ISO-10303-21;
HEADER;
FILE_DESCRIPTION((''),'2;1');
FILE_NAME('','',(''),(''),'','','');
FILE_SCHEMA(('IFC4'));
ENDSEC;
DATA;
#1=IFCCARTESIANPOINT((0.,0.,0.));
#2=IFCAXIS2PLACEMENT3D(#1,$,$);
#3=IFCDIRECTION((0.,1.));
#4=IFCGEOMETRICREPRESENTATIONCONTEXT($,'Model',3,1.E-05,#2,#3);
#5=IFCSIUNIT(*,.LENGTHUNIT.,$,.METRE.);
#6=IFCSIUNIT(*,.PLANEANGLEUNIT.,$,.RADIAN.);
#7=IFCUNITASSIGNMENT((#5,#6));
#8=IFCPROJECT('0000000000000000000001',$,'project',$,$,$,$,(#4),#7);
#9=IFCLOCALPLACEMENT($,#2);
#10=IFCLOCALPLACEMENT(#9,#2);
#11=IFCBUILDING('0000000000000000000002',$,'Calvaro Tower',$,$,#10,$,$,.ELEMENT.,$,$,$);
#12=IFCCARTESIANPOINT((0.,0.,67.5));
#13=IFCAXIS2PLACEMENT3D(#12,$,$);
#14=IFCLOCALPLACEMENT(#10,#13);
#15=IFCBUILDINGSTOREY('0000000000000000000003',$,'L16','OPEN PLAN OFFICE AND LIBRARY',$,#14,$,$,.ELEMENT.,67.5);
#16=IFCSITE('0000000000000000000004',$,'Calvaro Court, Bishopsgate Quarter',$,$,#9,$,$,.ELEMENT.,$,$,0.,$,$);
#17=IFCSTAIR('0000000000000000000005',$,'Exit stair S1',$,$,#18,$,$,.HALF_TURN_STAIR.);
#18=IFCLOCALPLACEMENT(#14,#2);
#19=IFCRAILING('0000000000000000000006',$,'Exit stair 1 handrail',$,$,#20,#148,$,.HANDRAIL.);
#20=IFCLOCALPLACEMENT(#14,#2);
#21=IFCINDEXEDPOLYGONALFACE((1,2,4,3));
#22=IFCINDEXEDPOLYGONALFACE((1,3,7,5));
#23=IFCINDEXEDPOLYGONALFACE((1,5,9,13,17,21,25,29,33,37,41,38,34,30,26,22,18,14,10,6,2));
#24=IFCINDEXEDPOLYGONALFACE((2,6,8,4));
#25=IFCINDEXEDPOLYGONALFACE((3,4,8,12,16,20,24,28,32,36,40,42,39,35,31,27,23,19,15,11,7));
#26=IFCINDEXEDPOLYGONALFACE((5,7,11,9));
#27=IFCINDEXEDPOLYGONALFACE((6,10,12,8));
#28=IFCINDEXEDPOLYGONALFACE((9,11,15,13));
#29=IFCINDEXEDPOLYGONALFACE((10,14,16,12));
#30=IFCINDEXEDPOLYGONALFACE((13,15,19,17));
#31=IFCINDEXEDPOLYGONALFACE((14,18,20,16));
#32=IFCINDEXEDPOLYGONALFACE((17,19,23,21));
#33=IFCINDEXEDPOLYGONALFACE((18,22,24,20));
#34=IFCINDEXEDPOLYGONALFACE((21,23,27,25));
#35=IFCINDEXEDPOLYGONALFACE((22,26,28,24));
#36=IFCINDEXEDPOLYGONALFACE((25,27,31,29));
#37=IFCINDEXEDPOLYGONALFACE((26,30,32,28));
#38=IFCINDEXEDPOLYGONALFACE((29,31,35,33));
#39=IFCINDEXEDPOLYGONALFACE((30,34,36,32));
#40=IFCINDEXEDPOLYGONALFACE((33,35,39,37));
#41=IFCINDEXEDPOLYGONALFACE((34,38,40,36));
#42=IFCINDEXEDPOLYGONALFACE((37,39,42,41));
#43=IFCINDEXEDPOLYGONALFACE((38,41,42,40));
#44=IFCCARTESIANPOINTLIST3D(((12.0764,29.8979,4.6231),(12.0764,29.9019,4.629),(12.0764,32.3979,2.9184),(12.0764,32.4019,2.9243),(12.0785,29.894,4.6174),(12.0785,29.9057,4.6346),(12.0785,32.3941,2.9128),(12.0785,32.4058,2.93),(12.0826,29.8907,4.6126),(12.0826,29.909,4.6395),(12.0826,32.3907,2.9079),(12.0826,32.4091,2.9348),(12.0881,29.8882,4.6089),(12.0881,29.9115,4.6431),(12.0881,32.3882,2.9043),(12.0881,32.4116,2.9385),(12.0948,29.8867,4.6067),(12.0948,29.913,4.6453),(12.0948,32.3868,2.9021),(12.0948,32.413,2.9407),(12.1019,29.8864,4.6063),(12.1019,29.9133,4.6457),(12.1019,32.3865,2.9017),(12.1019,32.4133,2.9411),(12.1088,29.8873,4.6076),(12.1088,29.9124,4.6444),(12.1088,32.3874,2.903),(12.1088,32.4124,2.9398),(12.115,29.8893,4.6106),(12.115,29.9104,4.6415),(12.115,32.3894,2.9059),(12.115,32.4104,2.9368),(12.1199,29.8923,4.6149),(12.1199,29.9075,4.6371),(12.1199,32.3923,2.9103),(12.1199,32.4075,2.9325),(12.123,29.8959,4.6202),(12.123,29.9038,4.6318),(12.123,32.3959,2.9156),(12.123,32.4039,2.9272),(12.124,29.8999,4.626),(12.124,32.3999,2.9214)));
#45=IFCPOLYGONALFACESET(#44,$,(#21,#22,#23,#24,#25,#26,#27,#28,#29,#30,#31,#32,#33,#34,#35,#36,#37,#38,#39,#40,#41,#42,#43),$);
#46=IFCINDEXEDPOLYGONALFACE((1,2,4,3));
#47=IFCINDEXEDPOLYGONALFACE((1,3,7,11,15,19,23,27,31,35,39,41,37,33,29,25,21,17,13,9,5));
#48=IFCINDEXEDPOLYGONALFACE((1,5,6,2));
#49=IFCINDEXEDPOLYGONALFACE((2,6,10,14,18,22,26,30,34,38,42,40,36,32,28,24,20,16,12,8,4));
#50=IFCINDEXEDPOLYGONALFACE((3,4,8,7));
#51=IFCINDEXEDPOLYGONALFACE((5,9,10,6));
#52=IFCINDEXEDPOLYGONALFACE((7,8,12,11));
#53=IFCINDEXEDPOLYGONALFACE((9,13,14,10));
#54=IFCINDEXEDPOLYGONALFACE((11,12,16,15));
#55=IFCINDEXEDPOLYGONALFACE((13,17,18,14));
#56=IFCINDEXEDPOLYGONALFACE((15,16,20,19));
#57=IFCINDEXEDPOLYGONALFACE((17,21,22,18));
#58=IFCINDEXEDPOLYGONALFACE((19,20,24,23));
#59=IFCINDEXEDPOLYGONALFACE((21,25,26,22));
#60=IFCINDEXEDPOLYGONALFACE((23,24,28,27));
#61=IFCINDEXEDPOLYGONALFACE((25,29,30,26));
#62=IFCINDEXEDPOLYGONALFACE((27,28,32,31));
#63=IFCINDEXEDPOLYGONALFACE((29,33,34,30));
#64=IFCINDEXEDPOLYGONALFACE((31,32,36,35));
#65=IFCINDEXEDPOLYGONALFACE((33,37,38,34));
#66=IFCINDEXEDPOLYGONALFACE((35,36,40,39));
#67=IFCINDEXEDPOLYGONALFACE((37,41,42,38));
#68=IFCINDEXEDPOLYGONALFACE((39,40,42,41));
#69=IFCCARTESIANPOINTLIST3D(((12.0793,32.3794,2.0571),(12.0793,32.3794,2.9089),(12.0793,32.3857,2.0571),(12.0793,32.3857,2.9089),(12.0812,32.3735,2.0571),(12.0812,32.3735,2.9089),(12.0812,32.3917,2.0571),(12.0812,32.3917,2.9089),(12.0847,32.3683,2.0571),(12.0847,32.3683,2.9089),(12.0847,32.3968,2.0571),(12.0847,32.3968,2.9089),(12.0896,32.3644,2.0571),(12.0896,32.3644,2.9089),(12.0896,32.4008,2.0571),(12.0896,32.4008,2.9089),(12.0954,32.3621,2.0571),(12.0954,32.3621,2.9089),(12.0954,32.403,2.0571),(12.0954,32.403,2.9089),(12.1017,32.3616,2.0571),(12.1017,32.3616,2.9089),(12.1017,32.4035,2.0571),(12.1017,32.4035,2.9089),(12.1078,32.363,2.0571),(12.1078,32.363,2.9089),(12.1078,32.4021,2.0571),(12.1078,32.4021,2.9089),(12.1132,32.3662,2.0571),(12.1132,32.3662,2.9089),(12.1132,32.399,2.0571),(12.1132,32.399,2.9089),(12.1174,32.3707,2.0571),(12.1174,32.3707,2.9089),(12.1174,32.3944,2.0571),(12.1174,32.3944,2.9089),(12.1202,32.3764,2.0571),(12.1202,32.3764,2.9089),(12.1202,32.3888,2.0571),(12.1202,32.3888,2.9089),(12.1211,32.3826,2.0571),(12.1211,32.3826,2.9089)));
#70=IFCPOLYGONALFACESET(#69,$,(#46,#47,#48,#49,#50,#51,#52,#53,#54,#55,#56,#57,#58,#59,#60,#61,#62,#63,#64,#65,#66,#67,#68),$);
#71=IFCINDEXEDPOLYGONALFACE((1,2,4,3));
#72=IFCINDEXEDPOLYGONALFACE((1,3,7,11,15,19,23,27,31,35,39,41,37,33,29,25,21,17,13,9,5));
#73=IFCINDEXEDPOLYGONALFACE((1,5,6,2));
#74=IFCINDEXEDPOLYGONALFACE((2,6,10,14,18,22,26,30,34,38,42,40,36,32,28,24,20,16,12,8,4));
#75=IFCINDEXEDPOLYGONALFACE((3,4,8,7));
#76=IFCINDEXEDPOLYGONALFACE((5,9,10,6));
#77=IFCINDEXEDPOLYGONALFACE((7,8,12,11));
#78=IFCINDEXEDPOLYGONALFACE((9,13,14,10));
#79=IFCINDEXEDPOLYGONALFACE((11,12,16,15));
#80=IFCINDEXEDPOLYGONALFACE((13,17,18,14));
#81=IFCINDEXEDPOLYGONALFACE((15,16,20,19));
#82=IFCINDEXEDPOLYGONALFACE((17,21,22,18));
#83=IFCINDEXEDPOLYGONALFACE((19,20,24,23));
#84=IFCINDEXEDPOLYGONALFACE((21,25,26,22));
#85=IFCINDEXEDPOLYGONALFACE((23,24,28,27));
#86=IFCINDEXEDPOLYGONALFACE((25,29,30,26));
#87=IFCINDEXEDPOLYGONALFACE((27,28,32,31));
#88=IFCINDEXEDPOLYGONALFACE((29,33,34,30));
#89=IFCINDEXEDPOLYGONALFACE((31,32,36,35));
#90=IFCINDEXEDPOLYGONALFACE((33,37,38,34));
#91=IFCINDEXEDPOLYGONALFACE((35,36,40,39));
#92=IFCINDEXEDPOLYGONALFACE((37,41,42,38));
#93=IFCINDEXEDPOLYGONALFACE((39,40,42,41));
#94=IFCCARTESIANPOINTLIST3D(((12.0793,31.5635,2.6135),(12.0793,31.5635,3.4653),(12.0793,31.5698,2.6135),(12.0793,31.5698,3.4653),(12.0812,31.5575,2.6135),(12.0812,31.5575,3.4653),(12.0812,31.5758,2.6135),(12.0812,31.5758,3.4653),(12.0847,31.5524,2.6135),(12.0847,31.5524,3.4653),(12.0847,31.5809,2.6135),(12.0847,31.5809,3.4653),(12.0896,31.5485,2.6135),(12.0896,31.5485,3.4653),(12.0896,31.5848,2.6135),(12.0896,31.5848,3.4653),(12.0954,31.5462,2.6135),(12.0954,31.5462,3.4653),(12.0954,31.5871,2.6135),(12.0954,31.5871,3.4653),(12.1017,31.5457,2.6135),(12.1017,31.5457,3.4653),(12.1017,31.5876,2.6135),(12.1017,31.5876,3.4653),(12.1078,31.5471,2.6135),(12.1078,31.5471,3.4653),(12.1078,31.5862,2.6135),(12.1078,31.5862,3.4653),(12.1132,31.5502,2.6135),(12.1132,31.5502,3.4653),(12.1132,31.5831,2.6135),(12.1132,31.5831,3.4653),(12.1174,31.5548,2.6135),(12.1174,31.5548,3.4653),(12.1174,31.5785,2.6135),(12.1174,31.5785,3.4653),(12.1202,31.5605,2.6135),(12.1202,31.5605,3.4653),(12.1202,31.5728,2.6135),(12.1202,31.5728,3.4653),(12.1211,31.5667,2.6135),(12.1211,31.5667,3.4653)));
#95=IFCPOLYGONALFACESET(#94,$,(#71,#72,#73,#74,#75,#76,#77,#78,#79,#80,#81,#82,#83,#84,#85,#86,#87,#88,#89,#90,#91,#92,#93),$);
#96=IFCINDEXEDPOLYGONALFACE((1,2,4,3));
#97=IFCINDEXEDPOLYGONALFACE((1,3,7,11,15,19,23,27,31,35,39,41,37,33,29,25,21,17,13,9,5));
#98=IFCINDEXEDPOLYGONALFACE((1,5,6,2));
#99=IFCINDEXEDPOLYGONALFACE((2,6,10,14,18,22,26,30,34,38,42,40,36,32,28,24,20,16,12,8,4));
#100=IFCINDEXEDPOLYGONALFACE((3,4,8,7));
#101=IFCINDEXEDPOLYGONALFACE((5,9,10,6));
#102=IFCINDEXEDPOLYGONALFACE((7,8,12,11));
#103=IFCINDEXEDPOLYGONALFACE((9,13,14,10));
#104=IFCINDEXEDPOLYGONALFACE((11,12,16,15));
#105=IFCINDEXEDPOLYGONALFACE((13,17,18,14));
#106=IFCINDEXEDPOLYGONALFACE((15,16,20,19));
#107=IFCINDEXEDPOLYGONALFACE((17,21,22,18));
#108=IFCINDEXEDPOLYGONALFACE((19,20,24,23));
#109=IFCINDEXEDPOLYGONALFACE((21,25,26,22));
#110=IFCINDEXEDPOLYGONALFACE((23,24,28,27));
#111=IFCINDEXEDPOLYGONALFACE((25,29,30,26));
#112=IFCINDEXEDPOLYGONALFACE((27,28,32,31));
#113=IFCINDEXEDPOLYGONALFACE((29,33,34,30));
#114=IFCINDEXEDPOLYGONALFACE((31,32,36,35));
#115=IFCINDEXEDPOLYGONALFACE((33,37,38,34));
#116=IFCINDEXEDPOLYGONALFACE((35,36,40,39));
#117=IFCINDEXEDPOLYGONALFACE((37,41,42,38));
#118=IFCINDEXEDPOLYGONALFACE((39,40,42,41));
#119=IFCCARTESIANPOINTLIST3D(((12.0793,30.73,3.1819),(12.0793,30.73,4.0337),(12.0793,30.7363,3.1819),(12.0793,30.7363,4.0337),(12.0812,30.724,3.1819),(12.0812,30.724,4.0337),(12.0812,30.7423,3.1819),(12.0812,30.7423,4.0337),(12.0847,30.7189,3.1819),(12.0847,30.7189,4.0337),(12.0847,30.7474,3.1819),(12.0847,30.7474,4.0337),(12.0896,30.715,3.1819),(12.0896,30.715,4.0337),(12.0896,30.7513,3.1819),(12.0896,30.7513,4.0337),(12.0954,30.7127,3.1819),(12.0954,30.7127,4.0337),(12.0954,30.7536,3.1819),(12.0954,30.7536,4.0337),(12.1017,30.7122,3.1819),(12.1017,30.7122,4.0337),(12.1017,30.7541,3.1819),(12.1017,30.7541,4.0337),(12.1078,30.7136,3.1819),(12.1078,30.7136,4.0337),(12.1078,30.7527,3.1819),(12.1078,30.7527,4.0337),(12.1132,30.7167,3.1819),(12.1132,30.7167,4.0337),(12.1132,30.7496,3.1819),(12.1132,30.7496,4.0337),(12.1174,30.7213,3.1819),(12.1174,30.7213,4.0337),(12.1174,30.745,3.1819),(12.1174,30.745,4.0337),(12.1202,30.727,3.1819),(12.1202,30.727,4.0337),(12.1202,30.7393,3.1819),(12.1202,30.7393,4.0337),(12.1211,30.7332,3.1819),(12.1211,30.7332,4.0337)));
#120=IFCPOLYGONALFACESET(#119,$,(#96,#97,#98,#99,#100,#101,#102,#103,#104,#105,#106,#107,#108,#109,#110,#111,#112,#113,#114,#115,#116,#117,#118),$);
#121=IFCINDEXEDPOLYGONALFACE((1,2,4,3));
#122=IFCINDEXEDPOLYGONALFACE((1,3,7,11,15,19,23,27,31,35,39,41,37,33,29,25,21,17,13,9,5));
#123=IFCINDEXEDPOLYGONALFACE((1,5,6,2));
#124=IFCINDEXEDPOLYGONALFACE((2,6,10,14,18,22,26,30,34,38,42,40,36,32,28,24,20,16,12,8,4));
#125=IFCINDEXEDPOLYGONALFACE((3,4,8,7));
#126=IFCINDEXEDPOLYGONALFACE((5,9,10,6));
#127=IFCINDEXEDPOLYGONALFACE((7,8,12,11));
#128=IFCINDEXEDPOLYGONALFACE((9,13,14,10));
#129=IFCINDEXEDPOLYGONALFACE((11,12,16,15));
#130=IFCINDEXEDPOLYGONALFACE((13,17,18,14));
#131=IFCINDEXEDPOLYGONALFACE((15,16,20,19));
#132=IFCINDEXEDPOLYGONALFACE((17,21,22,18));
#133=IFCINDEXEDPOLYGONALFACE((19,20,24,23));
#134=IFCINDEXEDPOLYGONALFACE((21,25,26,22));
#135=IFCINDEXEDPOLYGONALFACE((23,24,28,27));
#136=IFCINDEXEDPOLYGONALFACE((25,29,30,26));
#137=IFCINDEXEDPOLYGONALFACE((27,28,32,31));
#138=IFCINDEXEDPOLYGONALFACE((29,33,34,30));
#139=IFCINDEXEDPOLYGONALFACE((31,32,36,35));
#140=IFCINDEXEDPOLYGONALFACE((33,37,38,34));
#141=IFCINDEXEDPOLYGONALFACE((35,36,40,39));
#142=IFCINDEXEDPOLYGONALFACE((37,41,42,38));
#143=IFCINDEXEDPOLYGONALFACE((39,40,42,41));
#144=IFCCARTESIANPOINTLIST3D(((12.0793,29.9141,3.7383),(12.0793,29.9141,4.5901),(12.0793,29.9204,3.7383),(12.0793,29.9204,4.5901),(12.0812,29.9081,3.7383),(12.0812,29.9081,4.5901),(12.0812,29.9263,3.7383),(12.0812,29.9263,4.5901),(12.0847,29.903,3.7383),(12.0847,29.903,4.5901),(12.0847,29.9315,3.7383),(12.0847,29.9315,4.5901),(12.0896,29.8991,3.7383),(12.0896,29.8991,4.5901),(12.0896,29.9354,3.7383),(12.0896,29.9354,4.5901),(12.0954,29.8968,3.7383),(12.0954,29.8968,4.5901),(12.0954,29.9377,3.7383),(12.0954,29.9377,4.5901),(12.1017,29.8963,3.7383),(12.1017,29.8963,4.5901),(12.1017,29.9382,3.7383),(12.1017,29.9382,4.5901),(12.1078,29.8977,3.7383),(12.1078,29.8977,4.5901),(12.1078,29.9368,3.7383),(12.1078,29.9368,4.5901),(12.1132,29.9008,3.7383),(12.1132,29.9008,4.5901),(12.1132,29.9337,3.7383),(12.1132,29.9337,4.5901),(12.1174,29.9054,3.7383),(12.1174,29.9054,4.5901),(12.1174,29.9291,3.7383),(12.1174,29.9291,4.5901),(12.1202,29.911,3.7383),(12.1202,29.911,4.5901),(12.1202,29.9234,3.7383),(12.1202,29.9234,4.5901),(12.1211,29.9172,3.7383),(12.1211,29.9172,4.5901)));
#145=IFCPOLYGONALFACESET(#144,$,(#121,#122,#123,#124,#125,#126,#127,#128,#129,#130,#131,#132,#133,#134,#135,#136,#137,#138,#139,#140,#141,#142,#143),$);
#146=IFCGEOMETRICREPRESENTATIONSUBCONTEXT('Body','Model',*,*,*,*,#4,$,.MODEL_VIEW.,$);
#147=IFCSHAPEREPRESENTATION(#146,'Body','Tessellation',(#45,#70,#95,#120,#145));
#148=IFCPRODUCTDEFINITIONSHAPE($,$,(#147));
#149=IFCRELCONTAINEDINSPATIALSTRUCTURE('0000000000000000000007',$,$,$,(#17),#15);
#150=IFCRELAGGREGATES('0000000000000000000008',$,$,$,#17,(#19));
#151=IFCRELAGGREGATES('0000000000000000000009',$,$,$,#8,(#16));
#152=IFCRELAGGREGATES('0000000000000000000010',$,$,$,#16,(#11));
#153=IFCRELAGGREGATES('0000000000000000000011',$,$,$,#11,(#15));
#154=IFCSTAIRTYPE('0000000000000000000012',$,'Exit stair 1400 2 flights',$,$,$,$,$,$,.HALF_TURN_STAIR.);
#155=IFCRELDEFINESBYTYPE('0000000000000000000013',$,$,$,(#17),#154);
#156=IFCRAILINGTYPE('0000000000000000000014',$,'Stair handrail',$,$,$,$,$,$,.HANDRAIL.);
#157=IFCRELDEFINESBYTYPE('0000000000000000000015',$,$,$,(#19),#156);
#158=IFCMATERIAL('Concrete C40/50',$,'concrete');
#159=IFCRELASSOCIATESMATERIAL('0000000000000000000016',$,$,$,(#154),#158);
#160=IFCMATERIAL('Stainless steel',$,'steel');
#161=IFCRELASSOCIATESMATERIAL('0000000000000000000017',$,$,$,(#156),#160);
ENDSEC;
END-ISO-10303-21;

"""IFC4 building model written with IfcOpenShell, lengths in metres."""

from ifc_helpers import new_model, si_unit, direction, frame, origin, origin_2d, place, context, subcontext, project, spatial, circle, extrude, material, type_object, element, aggregate, save


model = new_model("IFC4")

# Units and contexts
model_context = context("Model", 3, precision=1e-05, world=origin(), true_north=direction((0.0, 1.0)))
body_context = subcontext(model_context, "Body", "Model", "MODEL_VIEW")
ifc_project = project(units=[si_unit("LENGTHUNIT", "METRE"), si_unit("PLANEANGLEUNIT", "RADIAN")], contexts=[model_context])

# Site, building, storey
site_placement = place(None, origin())
site = spatial("IfcSite", under=ifc_project, at=site_placement, Name="Calvaro Court, Bishopsgate Quarter", CompositionType="ELEMENT", RefElevation=0.0)
building_placement = place(site_placement, origin())
building = spatial("IfcBuilding", under=site, at=building_placement, Name="Calvaro Tower", CompositionType="ELEMENT")
storey_placement = place(building_placement, frame((0.0, 0.0, 67.5)))
storey = spatial("IfcBuildingStorey", under=building, at=storey_placement, Name="L16", Description="OPEN PLAN OFFICE AND LIBRARY", CompositionType="ELEMENT", Elevation=67.5)

# Stair, railing
ifc_material_1 = material(Name="Concrete C40/50", Category="concrete")
stair_type = type_object("IfcStairType", Name="Exit stair 1400 2 flights", PredefinedType="HALF_TURN_STAIR", material=ifc_material_1)
stair_placement = place(storey_placement, origin())
stair = element("IfcStair", 1, at=stair_placement, inside=storey, type_object=stair_type, Name="Exit stair S1", PredefinedType="HALF_TURN_STAIR")
ifc_material_2 = material(Name="Stainless steel", Category="steel")
railing_type = type_object("IfcRailingType", Name="Stair handrail", PredefinedType="HANDRAIL", material=ifc_material_2)
railing_1_placement = place(storey_placement, frame((12.1001, 32.3999, 2.0454)))
railing_1 = element("IfcRailing", 2, at=railing_1_placement, type_object=railing_type, Name="Exit stair 1 handrail", PredefinedType="HANDRAIL", context=body_context, shape_type="SweptSolid", body=[
    extrude(circle(Radius=0.0239, at=origin_2d()), frame((0.0, 0.0, 0.876), z_axis=(0.0, -0.826221, 0.563347), x_axis=(1.0, 0.0, 0.0)), (0.0, 0.0, 1.0), 3.0259),
    extrude(circle(Radius=0.021, at=origin_2d()), frame((0.0, -0.0173, 0.0117)), (0.0, 0.0, 1.0), 0.8518),
    extrude(circle(Radius=0.021, at=origin_2d()), frame((0.0, -0.8333, 0.5681)), (0.0, 0.0, 1.0), 0.8518),
    extrude(circle(Radius=0.021, at=origin_2d()), frame((0.0, -1.6667, 1.1365)), (0.0, 0.0, 1.0), 0.8518),
    extrude(circle(Radius=0.021, at=origin_2d()), frame((0.0, -2.4827, 1.6929)), (0.0, 0.0, 1.0), 0.8518),
])
aggregate(stair, [railing_1])

save(model, "model.ifc")
